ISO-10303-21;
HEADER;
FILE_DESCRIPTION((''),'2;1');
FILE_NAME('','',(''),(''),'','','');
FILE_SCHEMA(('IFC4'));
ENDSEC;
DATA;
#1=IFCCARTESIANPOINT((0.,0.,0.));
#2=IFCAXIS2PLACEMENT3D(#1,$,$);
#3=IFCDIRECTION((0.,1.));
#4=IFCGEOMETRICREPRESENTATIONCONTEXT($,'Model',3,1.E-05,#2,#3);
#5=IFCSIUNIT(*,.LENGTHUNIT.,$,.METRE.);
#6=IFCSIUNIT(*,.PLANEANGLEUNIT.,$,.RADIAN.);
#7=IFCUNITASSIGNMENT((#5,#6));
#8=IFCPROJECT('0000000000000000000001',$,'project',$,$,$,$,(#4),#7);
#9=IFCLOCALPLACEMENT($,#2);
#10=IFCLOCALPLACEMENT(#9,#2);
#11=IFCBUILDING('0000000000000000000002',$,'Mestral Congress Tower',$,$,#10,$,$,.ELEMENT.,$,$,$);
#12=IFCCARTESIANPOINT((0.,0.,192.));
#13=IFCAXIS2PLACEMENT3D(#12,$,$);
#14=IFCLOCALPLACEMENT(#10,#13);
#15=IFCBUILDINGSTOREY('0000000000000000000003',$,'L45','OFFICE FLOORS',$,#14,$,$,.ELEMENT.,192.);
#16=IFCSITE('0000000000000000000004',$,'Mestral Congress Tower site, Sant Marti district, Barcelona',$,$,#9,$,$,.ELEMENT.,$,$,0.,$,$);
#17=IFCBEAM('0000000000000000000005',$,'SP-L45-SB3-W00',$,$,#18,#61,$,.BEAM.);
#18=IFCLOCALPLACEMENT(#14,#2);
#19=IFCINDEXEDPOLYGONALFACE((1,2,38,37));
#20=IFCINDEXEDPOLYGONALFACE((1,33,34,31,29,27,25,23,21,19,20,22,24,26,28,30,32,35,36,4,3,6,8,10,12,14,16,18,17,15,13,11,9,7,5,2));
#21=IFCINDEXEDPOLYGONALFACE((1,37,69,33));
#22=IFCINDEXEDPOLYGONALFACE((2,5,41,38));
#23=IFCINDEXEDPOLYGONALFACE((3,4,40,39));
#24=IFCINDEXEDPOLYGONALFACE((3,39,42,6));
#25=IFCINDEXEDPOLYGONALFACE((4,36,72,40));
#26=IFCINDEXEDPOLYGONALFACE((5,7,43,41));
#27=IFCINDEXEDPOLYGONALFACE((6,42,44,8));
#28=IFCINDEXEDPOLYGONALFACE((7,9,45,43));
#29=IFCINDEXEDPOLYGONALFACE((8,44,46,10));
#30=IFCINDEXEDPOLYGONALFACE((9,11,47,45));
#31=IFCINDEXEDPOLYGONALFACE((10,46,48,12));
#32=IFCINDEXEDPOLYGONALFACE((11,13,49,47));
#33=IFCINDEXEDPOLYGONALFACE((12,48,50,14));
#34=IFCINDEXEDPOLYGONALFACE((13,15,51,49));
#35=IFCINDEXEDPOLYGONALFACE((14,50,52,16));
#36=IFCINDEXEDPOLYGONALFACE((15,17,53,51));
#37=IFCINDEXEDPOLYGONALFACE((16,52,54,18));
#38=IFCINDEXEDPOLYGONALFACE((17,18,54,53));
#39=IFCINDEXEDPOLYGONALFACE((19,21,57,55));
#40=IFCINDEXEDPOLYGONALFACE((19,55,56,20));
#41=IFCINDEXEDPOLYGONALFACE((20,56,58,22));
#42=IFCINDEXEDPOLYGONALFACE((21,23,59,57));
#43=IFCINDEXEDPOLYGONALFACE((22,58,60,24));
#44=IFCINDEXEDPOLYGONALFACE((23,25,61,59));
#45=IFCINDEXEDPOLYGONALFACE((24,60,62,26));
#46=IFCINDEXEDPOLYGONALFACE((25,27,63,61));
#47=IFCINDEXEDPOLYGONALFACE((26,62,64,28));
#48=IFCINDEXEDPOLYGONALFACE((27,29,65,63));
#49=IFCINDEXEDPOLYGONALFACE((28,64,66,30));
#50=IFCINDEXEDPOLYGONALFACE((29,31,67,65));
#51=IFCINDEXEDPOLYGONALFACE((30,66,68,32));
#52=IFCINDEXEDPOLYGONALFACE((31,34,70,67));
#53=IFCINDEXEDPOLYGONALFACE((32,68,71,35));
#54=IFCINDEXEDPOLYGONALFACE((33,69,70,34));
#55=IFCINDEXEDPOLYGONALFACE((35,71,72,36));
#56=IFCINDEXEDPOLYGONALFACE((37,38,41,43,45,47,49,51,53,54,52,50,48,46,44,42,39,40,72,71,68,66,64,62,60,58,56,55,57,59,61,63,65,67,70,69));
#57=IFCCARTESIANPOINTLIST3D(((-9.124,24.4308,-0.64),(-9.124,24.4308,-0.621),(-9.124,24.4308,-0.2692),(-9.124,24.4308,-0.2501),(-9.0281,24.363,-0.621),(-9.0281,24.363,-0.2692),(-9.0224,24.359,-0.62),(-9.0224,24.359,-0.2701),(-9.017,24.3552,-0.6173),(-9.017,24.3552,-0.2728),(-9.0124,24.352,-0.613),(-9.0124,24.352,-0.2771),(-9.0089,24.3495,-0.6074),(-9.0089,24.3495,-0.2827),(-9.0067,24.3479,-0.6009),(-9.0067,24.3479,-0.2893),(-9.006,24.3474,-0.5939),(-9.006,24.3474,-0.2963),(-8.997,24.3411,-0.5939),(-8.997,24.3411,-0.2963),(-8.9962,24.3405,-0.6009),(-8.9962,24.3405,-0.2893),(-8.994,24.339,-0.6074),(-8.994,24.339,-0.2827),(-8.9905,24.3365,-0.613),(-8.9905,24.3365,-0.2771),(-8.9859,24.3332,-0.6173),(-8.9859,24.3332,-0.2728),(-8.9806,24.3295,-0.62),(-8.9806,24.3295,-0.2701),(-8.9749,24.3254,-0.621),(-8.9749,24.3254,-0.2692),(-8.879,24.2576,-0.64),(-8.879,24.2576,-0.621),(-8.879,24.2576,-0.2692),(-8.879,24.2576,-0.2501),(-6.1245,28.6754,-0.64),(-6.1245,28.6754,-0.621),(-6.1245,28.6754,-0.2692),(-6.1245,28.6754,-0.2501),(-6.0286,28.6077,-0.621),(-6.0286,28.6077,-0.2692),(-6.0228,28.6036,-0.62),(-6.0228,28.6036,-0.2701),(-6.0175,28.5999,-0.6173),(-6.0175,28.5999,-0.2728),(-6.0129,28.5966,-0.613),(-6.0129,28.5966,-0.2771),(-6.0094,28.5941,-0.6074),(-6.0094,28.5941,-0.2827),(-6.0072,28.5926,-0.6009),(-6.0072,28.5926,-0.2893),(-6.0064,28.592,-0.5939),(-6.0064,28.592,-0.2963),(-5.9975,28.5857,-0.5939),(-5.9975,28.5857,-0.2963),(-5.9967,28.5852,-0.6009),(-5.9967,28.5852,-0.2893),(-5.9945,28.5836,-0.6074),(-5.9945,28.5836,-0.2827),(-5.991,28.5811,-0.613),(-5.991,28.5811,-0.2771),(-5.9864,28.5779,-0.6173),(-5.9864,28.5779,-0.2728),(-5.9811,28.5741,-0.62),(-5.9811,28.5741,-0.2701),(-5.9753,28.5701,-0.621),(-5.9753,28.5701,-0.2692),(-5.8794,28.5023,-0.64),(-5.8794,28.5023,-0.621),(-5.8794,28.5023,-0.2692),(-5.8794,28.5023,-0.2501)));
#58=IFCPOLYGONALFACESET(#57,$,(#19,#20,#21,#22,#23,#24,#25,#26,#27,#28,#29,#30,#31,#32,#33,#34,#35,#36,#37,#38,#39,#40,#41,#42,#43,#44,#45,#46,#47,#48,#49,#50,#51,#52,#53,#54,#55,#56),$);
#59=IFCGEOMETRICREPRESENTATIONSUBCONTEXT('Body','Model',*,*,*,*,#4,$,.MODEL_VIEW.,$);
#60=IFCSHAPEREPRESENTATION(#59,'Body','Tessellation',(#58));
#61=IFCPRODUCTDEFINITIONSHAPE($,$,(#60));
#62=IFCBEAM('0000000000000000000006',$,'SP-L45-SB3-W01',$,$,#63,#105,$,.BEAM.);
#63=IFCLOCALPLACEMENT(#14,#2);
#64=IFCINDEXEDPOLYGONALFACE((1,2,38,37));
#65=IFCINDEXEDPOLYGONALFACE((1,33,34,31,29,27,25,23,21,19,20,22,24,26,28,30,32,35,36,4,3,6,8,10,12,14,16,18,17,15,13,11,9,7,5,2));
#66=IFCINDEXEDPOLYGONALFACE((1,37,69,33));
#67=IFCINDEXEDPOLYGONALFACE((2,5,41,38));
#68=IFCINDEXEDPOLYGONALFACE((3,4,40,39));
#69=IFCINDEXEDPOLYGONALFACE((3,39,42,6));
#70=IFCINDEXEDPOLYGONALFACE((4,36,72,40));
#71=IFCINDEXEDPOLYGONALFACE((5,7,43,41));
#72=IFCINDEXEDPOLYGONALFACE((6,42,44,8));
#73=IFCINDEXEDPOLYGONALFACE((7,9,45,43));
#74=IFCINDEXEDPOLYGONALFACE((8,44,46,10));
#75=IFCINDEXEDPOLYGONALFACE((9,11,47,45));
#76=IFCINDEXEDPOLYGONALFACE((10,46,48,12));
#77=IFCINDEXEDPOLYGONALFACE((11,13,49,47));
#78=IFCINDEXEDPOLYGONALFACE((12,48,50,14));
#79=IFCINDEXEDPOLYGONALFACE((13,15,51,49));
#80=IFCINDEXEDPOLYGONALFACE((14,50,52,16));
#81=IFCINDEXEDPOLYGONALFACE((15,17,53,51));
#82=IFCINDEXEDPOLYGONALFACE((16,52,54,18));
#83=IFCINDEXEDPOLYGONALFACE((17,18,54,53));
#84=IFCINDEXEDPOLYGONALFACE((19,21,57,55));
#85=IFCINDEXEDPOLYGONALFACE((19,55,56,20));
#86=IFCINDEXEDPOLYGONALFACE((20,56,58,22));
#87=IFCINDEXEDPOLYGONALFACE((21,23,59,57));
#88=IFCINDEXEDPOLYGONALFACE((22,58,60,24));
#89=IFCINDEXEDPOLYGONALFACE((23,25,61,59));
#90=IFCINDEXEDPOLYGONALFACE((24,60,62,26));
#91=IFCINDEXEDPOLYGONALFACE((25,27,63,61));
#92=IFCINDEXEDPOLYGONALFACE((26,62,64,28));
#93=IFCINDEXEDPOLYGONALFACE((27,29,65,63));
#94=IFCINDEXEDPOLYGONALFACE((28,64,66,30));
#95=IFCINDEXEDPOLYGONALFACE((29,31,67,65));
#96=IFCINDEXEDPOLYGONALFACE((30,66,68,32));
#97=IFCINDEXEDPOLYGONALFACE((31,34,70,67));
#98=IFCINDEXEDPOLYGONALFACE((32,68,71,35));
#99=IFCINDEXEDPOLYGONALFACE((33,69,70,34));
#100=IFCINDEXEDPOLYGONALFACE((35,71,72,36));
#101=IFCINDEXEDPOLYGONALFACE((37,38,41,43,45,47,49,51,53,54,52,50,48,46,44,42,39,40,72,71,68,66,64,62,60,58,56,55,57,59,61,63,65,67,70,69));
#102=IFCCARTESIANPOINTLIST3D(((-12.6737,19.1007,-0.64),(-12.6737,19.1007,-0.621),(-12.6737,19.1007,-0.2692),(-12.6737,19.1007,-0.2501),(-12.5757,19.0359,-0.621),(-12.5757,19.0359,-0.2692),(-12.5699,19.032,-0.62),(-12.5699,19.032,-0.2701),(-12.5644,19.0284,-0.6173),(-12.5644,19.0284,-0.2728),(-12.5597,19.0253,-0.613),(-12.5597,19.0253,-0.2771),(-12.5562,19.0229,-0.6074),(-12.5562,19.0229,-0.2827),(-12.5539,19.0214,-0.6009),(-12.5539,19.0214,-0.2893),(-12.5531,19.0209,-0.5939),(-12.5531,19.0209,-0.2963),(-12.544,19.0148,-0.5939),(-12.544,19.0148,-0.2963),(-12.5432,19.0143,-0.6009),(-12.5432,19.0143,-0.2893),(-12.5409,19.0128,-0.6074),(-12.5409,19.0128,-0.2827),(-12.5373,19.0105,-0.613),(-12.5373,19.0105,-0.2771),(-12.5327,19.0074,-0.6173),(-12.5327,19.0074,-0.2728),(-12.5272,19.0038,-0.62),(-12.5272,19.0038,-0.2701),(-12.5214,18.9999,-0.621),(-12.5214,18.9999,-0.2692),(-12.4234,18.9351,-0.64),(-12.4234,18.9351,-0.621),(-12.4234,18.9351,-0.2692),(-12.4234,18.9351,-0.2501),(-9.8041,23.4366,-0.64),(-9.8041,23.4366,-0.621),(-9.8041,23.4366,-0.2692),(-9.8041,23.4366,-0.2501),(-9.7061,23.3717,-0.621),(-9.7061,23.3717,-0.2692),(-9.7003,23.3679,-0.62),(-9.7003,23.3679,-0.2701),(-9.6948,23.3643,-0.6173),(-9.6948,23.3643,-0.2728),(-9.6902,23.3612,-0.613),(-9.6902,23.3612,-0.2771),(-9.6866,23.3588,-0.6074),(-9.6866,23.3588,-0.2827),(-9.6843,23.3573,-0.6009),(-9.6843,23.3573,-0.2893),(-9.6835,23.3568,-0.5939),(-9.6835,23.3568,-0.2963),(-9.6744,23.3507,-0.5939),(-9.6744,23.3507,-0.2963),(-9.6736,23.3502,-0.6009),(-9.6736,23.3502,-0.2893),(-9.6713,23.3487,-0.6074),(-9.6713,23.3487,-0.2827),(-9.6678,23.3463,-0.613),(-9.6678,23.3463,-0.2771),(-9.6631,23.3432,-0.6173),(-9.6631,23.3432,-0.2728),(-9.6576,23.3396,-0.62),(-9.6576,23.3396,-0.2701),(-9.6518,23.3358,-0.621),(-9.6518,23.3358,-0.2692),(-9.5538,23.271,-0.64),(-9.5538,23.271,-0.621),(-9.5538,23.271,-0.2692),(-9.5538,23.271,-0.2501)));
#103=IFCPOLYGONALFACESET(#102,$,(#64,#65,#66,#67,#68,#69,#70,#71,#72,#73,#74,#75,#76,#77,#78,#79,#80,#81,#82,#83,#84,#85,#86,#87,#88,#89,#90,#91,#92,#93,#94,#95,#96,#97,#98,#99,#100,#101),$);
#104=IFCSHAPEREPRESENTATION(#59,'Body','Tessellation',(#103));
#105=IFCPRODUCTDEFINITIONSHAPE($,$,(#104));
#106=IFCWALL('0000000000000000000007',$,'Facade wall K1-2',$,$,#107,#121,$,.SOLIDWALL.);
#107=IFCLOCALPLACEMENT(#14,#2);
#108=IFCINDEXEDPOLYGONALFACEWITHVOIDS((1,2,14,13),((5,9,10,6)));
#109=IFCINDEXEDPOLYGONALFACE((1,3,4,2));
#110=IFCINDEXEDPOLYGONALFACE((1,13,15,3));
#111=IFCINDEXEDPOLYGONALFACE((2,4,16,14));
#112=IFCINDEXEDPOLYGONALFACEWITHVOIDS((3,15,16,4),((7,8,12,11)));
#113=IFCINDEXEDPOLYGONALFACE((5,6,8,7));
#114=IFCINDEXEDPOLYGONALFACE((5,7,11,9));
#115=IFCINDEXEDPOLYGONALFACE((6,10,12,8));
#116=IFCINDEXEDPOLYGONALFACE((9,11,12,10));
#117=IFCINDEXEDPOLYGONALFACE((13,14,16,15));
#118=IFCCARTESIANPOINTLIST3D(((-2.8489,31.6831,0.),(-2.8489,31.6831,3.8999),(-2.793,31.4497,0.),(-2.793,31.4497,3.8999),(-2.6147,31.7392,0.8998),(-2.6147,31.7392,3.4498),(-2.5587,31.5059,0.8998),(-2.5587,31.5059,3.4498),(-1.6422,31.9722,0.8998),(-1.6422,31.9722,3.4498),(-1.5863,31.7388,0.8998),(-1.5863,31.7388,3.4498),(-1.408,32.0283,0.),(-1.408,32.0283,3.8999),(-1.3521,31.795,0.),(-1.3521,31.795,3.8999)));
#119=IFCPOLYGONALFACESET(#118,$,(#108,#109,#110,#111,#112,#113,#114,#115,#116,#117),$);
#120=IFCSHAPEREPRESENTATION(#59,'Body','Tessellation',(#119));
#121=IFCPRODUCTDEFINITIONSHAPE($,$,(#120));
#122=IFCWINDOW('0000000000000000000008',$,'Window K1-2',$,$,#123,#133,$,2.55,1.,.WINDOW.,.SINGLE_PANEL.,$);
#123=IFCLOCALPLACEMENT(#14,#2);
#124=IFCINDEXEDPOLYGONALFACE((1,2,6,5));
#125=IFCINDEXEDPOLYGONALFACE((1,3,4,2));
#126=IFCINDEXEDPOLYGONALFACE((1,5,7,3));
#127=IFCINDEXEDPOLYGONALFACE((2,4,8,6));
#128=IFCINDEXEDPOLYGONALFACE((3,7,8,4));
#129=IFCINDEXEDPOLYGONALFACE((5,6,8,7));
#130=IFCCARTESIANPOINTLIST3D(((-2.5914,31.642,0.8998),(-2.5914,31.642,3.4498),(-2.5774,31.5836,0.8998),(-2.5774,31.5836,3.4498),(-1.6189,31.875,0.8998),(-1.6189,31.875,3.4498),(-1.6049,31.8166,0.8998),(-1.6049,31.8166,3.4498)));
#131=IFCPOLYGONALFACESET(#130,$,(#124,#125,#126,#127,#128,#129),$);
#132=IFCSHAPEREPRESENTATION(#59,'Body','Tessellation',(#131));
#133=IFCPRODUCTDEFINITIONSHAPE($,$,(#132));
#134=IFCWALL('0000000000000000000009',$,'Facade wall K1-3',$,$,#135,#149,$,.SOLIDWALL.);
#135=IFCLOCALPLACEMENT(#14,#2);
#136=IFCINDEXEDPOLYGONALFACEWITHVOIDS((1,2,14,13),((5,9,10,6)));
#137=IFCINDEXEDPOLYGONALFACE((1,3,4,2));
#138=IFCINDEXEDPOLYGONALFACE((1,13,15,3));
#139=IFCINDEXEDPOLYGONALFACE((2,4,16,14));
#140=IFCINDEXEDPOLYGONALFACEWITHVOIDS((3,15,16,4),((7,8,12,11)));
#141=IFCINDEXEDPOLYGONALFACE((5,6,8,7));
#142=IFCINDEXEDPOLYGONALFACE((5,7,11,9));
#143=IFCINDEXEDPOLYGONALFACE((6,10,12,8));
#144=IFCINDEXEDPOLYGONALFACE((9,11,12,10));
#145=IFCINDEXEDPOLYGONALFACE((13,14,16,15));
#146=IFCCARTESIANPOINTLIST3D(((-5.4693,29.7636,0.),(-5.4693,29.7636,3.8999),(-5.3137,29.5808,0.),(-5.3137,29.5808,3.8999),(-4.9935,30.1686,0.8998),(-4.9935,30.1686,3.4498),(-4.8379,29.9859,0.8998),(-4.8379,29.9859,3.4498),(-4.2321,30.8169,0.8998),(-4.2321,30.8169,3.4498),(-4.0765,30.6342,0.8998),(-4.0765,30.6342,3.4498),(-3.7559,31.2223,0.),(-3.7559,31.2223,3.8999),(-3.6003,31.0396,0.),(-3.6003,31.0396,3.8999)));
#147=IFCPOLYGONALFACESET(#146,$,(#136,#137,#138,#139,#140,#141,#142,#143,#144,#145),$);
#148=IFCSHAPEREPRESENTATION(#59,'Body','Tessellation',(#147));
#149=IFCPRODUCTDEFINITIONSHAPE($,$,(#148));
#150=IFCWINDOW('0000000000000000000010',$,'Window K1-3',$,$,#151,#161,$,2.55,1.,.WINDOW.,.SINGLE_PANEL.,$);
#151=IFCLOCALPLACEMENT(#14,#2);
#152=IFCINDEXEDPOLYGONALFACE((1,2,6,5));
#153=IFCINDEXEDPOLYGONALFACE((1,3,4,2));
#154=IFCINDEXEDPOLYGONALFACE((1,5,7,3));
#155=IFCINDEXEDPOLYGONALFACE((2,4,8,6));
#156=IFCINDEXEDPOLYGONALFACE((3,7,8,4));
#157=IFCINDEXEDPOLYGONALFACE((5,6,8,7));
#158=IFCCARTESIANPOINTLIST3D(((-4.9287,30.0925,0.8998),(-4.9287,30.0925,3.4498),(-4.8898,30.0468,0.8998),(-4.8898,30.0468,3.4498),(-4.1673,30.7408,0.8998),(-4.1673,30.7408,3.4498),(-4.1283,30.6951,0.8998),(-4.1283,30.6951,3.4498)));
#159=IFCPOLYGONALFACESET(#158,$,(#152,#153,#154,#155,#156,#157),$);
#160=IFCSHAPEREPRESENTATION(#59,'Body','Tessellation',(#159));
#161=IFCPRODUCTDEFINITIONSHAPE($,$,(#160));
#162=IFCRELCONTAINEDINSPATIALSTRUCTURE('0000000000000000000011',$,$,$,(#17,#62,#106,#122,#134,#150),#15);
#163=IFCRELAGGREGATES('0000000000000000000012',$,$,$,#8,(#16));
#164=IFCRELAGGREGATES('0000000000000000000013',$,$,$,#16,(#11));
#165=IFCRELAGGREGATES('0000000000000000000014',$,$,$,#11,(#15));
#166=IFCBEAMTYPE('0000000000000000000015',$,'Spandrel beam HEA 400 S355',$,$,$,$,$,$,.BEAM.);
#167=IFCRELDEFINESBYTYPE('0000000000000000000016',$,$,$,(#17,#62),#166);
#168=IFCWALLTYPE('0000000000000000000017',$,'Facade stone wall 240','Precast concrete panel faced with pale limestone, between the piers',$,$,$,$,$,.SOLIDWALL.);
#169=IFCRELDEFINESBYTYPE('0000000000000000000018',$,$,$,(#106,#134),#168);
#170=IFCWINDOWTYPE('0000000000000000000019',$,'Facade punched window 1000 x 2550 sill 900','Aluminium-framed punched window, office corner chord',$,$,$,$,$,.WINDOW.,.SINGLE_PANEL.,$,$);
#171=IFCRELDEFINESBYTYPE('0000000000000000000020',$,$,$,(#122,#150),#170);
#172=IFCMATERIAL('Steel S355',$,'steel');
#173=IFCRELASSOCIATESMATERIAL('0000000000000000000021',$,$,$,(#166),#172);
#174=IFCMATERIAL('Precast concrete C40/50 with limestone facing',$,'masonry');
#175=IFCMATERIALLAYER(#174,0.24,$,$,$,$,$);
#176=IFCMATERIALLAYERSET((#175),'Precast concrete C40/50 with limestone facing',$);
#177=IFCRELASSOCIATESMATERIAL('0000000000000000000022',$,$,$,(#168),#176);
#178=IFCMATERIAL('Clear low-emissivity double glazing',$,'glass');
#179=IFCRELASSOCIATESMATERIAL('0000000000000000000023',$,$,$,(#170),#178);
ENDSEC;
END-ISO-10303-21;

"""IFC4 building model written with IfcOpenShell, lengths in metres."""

from ifc_helpers import new_model, si_unit, direction, frame, frame_2d, origin, origin_2d, place, context, subcontext, project, spatial, rectangle, i_section, extrude, material, layer, layer_set, material_profile, profile_set, type_object, element, fill, save


model = new_model("IFC4")

# Units and contexts
model_context = context("Model", 3, precision=1e-05, world=origin(), true_north=direction((0.0, 1.0)))
body_context = subcontext(model_context, "Body", "Model", "MODEL_VIEW")
ifc_project = project(units=[si_unit("LENGTHUNIT", "METRE"), si_unit("PLANEANGLEUNIT", "RADIAN")], contexts=[model_context])

# Site, building, storey
site_placement = place(None, origin())
site = spatial("IfcSite", under=ifc_project, at=site_placement, Name="Mestral Congress Tower site, Sant Marti district, Barcelona", CompositionType="ELEMENT", RefElevation=0.0)
building_placement = place(site_placement, origin())
building = spatial("IfcBuilding", under=site, at=building_placement, Name="Mestral Congress Tower", CompositionType="ELEMENT")
storey_placement = place(building_placement, frame((0.0, 0.0, 192.0)))
storey = spatial("IfcBuildingStorey", under=building, at=storey_placement, Name="L45", Description="OFFICE FLOORS", CompositionType="ELEMENT", Elevation=192.0)

# Beams
ifc_material_1 = material(Name="Steel S355", Category="steel")
ifc_material_profile_1 = material_profile(ifc_material_1, i_section(OverallWidth=0.3, OverallDepth=0.3899, WebThickness=0.011, FlangeThickness=0.019, FilletRadius=0.0271, at=origin_2d()), Name="HEA 400")
ifc_profile_set_1 = profile_set([ifc_material_profile_1], Name="Steel S355")
beam_type_1 = type_object("IfcBeamType", Name="Spandrel beam HEA 400 S355", PredefinedType="BEAM", material=ifc_profile_set_1)
beam_1_placement = place(storey_placement, frame((-6.002, 28.5889, -0.4451), z_axis=(-0.577107, -0.816668, 0.0), x_axis=(0.816668, -0.577107, 0.0)))
element("IfcBeam", 1, at=beam_1_placement, inside=storey, type_object=beam_type_1, Name="SP-L45-SB3-W00", PredefinedType="BEAM", context=body_context, shape_type="SweptSolid", body=[
    extrude(i_section(OverallWidth=0.3, OverallDepth=0.3899, WebThickness=0.011, FlangeThickness=0.019, FilletRadius=0.0271, at=origin_2d()), origin(), (0.0, 0.0, 1.0), 5.1975),
])
beam_2_placement = place(storey_placement, frame((-9.679, 23.3538, -0.4451), z_axis=(-0.551901, -0.833909, 0.0), x_axis=(0.833909, -0.551901, 0.0)))
element("IfcBeam", 2, at=beam_2_placement, inside=storey, type_object=beam_type_1, Name="SP-L45-SB3-W01", PredefinedType="BEAM", context=body_context, shape_type="SweptSolid", body=[
    extrude(i_section(OverallWidth=0.3, OverallDepth=0.3899, WebThickness=0.011, FlangeThickness=0.019, FilletRadius=0.0271, at=origin_2d()), origin(), (0.0, 0.0, 1.0), 5.1995),
])

# Walls, openings, windows
ifc_material_2 = material(Name="Precast concrete C40/50 with limestone facing", Category="masonry")
ifc_layer_1 = layer(ifc_material_2, 0.24)
ifc_layer_set_1 = layer_set([ifc_layer_1], Name="Precast concrete C40/50 with limestone facing")
wall_type_1 = type_object("IfcWallType", Name="Facade stone wall 240", Description="Precast concrete panel faced with pale limestone, between the piers", PredefinedType="SOLIDWALL", material=ifc_layer_set_1)
wall_1_placement = place(storey_placement, frame((-1.3801, 31.9116, 0.0), z_axis=(0.0, 0.0, 1.0), x_axis=(-0.97248, -0.232987, 0.0)))
wall_1 = element("IfcWall", 3, at=wall_1_placement, inside=storey, type_object=wall_type_1, Name="Facade wall K1-2", PredefinedType="SOLIDWALL", context=body_context, shape_type="SweptSolid", body=[
    extrude(rectangle(XDim=1.4817, YDim=0.24, at=frame_2d((0.7407, 0.0))), origin(), (0.0, 0.0, 1.0), 3.8999),
])
opening_1_placement = place(wall_1_placement, frame((0.2407, 0.0, 0.8999)))
opening_1 = element("IfcOpeningElement", 4, at=opening_1_placement, cuts=wall_1, PredefinedType="OPENING", context=body_context, shape_type="SweptSolid", body=[
    extrude(rectangle(XDim=1.0, YDim=2.55, at=frame_2d((0.5, 1.2749))), frame((0.0, 0.1299, 0.0), z_axis=(0.0, -1.0, 0.0), x_axis=(1.0, 0.0, 0.0)), (0.0, 0.0, 1.0), 0.26),
])
ifc_material_3 = material(Name="Clear low-emissivity double glazing", Category="glass")
window_type_1 = type_object("IfcWindowType", Name="Facade punched window 1000 x 2550 sill 900", Description="Aluminium-framed punched window, office corner chord", PartitioningType="SINGLE_PANEL", PredefinedType="WINDOW", material=ifc_material_3)
window_1_placement = place(opening_1_placement, origin())
window_1 = element("IfcWindow", 5, at=window_1_placement, inside=storey, type_object=window_type_1, Name="Window K1-2", OverallHeight=2.55, OverallWidth=1.0, PartitioningType="SINGLE_PANEL", PredefinedType="WINDOW", context=body_context, shape_type="SweptSolid", body=[
    extrude(rectangle(XDim=1.0, YDim=2.55, at=frame_2d((0.5, 1.2749))), frame((0.0, 0.04, 0.0), z_axis=(0.0, -1.0, 0.0), x_axis=(1.0, 0.0, 0.0)), (0.0, 0.0, 1.0), 0.0601),
])
fill(opening_1, window_1)
wall_2_placement = place(storey_placement, frame((-3.6782, 31.1309, 0.0), z_axis=(0.0, 0.0, 1.0), x_axis=(-0.76142, -0.648259, 0.0)))
wall_2 = element("IfcWall", 6, at=wall_2_placement, inside=storey, type_object=wall_type_1, Name="Facade wall K1-3", PredefinedType="SOLIDWALL", context=body_context, shape_type="SweptSolid", body=[
    extrude(rectangle(XDim=2.2502, YDim=0.24, at=frame_2d((1.125, 0.0))), origin(), (0.0, 0.0, 1.0), 3.8999),
])
opening_2_placement = place(wall_2_placement, frame((0.6252, 0.0, 0.8999)))
opening_2 = element("IfcOpeningElement", 7, at=opening_2_placement, cuts=wall_2, PredefinedType="OPENING", context=body_context, shape_type="SweptSolid", body=[
    extrude(rectangle(XDim=1.0, YDim=2.55, at=frame_2d((0.5, 1.2749))), frame((0.0, 0.1299, 0.0), z_axis=(0.0, -1.0, 0.0), x_axis=(1.0, 0.0, 0.0)), (0.0, 0.0, 1.0), 0.26),
])
window_2_placement = place(opening_2_placement, origin())
window_2 = element("IfcWindow", 8, at=window_2_placement, inside=storey, type_object=window_type_1, Name="Window K1-3", OverallHeight=2.55, OverallWidth=1.0, PartitioningType="SINGLE_PANEL", PredefinedType="WINDOW", context=body_context, shape_type="SweptSolid", body=[
    extrude(rectangle(XDim=1.0, YDim=2.55, at=frame_2d((0.5, 1.2749))), frame((0.0, 0.04, 0.0), z_axis=(0.0, -1.0, 0.0), x_axis=(1.0, 0.0, 0.0)), (0.0, 0.0, 1.0), 0.0601),
])
fill(opening_2, window_2)

save(model, "model.ifc")
